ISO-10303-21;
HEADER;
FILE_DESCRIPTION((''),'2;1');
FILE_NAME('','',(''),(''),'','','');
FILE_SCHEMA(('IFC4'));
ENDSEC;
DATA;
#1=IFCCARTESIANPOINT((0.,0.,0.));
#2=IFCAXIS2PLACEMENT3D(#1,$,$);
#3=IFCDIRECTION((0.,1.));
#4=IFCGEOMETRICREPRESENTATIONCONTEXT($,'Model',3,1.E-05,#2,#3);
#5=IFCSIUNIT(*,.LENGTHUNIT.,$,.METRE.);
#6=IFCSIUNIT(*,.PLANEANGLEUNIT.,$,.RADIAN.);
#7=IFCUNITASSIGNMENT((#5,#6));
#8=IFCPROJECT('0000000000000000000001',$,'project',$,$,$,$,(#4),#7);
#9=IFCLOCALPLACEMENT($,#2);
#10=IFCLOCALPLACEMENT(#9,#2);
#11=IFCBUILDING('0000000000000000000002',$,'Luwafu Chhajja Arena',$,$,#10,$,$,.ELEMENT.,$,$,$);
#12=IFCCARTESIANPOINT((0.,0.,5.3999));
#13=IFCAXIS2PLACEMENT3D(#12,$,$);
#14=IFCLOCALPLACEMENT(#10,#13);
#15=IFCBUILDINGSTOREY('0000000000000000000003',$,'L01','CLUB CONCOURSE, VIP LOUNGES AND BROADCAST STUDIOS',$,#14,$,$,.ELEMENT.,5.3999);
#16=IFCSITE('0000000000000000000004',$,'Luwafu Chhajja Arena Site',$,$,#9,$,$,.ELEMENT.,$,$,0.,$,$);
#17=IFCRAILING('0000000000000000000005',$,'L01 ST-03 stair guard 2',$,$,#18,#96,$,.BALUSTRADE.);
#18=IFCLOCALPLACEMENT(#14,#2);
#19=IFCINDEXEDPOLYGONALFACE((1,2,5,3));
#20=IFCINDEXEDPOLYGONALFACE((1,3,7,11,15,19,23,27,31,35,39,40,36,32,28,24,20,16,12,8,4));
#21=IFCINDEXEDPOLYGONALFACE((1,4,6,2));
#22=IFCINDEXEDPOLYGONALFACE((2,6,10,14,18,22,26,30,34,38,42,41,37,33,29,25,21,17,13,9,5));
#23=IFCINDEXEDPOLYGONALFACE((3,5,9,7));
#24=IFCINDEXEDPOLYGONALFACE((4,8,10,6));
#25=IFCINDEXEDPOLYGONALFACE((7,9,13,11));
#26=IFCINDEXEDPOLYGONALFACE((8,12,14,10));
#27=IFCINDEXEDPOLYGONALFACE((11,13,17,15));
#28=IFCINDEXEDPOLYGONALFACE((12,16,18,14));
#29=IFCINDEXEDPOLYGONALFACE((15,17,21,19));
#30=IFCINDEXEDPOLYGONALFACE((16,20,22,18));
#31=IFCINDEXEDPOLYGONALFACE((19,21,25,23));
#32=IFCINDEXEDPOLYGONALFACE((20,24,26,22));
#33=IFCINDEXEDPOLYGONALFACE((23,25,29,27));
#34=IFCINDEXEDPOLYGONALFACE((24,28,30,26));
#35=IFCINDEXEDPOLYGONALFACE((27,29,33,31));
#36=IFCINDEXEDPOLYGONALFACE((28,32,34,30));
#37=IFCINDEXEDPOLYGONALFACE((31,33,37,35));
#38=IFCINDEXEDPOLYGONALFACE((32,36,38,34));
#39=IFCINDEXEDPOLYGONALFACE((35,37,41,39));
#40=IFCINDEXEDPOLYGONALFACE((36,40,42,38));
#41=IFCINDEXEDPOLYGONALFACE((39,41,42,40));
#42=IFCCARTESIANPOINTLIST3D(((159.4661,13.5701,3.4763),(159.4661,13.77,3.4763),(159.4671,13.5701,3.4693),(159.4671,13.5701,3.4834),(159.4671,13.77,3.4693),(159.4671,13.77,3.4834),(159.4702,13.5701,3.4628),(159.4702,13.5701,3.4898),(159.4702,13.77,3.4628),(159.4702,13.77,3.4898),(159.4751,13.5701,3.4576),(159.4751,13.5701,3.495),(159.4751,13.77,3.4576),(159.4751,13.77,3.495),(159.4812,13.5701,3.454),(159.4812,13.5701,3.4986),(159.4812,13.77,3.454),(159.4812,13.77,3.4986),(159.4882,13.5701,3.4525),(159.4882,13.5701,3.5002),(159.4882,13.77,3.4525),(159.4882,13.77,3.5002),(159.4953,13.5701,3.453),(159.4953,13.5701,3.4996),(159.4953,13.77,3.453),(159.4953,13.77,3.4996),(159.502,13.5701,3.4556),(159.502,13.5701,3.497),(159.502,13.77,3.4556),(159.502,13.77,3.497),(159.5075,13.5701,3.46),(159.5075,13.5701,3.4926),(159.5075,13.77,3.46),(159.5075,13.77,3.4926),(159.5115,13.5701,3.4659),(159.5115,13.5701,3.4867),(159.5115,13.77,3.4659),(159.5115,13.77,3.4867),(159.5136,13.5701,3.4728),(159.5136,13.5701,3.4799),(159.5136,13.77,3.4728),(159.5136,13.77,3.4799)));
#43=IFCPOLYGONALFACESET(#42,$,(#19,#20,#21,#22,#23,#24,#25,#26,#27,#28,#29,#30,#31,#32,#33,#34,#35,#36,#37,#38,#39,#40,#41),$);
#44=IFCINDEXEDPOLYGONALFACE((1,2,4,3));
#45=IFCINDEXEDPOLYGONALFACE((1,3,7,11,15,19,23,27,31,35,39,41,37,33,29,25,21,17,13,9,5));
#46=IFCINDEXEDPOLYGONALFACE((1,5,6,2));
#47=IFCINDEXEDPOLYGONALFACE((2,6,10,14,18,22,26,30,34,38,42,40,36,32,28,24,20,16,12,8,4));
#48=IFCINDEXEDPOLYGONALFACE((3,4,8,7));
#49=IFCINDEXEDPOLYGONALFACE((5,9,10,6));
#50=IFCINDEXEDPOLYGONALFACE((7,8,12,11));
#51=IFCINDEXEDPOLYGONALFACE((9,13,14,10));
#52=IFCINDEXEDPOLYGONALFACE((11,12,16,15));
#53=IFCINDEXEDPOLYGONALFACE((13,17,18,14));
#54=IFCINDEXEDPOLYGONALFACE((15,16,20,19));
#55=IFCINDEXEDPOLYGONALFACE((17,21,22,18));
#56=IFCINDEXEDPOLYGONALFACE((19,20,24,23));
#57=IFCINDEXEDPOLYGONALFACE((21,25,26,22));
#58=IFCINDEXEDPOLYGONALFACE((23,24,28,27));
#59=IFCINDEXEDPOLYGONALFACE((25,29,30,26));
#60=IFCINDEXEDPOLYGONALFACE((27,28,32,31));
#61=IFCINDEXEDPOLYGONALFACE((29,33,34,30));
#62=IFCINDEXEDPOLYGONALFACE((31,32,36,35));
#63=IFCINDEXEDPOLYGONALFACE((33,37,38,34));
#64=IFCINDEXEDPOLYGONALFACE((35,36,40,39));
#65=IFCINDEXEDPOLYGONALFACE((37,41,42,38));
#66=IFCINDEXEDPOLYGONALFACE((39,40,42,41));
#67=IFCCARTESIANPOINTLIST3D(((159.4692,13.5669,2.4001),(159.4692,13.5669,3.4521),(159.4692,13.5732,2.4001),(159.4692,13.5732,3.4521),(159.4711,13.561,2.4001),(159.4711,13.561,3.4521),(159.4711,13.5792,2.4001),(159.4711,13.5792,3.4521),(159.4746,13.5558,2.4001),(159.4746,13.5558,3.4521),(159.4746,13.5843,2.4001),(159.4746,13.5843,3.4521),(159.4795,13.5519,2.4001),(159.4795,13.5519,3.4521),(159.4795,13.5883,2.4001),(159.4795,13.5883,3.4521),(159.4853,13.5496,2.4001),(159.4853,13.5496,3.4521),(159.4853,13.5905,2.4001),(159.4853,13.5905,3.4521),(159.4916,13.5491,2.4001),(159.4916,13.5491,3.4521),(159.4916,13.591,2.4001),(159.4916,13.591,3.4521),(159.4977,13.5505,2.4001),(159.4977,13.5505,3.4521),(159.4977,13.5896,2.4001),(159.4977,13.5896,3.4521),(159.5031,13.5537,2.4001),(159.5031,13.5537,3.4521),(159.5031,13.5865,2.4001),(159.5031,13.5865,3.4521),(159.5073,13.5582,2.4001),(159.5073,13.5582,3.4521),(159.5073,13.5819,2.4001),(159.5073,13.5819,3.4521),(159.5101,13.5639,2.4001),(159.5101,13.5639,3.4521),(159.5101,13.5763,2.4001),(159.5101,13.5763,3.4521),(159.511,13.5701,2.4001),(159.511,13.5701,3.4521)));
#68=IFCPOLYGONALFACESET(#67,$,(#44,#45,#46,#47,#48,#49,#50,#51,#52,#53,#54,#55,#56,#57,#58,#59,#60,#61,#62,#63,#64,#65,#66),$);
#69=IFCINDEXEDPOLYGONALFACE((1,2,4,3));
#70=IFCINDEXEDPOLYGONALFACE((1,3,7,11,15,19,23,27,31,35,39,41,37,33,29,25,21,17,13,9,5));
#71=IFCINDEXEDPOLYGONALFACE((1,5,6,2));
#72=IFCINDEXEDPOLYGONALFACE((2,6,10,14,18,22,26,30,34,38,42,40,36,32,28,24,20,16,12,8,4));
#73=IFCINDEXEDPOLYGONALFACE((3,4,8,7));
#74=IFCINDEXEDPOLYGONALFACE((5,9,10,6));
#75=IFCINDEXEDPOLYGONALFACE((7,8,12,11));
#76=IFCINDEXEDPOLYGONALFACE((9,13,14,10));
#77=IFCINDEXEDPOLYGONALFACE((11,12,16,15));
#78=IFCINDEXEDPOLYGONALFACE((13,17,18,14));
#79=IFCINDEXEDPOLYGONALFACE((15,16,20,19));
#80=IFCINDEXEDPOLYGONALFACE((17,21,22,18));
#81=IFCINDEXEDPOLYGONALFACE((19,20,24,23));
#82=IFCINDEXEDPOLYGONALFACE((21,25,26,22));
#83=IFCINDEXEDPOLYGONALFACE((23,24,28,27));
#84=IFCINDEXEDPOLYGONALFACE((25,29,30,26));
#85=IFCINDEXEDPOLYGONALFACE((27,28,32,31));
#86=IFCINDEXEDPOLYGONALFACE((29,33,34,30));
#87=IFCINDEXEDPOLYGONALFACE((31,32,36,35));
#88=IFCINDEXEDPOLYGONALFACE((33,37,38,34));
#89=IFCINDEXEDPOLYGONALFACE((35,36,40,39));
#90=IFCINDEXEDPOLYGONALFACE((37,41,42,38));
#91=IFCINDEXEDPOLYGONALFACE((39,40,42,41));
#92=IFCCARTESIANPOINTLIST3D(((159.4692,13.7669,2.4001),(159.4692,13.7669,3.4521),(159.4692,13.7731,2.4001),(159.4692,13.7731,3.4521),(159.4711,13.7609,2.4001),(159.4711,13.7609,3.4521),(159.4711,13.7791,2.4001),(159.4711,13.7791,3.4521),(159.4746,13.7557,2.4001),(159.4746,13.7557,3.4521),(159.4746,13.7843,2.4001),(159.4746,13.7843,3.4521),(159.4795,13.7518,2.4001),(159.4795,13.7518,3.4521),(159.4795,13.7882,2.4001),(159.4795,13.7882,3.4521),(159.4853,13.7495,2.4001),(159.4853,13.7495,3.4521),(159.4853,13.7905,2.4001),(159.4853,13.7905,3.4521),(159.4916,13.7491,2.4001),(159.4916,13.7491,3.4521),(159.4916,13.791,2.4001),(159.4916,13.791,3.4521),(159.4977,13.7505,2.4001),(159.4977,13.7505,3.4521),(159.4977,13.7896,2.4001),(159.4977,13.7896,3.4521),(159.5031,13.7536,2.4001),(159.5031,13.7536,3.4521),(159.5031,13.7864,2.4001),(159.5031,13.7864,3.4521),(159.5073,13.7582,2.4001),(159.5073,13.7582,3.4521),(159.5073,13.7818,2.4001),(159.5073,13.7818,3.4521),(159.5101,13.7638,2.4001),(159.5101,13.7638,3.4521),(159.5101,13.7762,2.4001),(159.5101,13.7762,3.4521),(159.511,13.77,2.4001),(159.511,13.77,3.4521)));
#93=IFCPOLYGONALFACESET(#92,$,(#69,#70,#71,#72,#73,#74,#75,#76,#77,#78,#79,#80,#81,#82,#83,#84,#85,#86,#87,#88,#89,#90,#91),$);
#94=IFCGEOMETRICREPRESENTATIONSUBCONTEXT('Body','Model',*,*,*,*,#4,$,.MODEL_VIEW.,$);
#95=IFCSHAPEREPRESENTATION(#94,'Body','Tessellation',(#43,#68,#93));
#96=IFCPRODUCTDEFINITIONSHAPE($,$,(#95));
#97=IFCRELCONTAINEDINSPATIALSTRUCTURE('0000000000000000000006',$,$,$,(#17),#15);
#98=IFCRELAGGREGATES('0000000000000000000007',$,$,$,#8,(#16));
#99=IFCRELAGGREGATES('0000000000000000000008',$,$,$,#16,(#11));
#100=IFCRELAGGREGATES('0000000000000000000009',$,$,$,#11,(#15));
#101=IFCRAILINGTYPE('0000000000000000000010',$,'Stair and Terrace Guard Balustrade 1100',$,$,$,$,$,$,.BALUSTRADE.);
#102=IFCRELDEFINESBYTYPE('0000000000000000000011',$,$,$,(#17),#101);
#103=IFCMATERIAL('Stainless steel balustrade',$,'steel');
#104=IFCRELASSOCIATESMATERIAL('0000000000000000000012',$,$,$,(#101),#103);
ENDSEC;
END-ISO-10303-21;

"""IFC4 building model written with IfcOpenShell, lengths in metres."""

from ifc_helpers import new_model, si_unit, direction, frame, origin, origin_2d, place, context, subcontext, project, spatial, circle, extrude, material, type_object, element, save


model = new_model("IFC4")

# Units and contexts
model_context = context("Model", 3, precision=1e-05, world=origin(), true_north=direction((0.0, 1.0)))
body_context = subcontext(model_context, "Body", "Model", "MODEL_VIEW")
ifc_project = project(units=[si_unit("LENGTHUNIT", "METRE"), si_unit("PLANEANGLEUNIT", "RADIAN")], contexts=[model_context])

# Site, building, storey
site_placement = place(None, origin())
site = spatial("IfcSite", under=ifc_project, at=site_placement, Name="Luwafu Chhajja Arena Site", CompositionType="ELEMENT", RefElevation=0.0)
building_placement = place(site_placement, origin())
building = spatial("IfcBuilding", under=site, at=building_placement, Name="Luwafu Chhajja Arena", CompositionType="ELEMENT")
storey_placement = place(building_placement, frame((0.0, 0.0, 5.3999)))
storey = spatial("IfcBuildingStorey", under=building, at=storey_placement, Name="L01", Description="CLUB CONCOURSE, VIP LOUNGES AND BROADCAST STUDIOS", CompositionType="ELEMENT", Elevation=5.3999)

# Railing
ifc_material_1 = material(Name="Stainless steel balustrade", Category="steel")
railing_type_1 = type_object("IfcRailingType", Name="Stair and Terrace Guard Balustrade 1100", PredefinedType="BALUSTRADE", material=ifc_material_1)
railing_1_placement = place(storey_placement, frame((159.49, 13.5701, 2.4001)))
element("IfcRailing", 1, at=railing_1_placement, inside=storey, type_object=railing_type_1, Name="L01 ST-03 stair guard 2", PredefinedType="BALUSTRADE", context=body_context, shape_type="SweptSolid", body=[
    extrude(circle(Radius=0.0239, at=origin_2d()), frame((0.0, 0.0, 1.0762), z_axis=(0.0, 1.0, 0.0), x_axis=(-1.0, 0.0, 0.0)), (0.0, 0.0, 1.0), 0.2),
    extrude(circle(Radius=0.021, at=origin_2d()), origin(), (0.0, 0.0, 1.0), 1.052),
    extrude(circle(Radius=0.021, at=origin_2d()), frame((0.0, 0.2, 0.0)), (0.0, 0.0, 1.0), 1.052),
])

save(model, "model.ifc")
